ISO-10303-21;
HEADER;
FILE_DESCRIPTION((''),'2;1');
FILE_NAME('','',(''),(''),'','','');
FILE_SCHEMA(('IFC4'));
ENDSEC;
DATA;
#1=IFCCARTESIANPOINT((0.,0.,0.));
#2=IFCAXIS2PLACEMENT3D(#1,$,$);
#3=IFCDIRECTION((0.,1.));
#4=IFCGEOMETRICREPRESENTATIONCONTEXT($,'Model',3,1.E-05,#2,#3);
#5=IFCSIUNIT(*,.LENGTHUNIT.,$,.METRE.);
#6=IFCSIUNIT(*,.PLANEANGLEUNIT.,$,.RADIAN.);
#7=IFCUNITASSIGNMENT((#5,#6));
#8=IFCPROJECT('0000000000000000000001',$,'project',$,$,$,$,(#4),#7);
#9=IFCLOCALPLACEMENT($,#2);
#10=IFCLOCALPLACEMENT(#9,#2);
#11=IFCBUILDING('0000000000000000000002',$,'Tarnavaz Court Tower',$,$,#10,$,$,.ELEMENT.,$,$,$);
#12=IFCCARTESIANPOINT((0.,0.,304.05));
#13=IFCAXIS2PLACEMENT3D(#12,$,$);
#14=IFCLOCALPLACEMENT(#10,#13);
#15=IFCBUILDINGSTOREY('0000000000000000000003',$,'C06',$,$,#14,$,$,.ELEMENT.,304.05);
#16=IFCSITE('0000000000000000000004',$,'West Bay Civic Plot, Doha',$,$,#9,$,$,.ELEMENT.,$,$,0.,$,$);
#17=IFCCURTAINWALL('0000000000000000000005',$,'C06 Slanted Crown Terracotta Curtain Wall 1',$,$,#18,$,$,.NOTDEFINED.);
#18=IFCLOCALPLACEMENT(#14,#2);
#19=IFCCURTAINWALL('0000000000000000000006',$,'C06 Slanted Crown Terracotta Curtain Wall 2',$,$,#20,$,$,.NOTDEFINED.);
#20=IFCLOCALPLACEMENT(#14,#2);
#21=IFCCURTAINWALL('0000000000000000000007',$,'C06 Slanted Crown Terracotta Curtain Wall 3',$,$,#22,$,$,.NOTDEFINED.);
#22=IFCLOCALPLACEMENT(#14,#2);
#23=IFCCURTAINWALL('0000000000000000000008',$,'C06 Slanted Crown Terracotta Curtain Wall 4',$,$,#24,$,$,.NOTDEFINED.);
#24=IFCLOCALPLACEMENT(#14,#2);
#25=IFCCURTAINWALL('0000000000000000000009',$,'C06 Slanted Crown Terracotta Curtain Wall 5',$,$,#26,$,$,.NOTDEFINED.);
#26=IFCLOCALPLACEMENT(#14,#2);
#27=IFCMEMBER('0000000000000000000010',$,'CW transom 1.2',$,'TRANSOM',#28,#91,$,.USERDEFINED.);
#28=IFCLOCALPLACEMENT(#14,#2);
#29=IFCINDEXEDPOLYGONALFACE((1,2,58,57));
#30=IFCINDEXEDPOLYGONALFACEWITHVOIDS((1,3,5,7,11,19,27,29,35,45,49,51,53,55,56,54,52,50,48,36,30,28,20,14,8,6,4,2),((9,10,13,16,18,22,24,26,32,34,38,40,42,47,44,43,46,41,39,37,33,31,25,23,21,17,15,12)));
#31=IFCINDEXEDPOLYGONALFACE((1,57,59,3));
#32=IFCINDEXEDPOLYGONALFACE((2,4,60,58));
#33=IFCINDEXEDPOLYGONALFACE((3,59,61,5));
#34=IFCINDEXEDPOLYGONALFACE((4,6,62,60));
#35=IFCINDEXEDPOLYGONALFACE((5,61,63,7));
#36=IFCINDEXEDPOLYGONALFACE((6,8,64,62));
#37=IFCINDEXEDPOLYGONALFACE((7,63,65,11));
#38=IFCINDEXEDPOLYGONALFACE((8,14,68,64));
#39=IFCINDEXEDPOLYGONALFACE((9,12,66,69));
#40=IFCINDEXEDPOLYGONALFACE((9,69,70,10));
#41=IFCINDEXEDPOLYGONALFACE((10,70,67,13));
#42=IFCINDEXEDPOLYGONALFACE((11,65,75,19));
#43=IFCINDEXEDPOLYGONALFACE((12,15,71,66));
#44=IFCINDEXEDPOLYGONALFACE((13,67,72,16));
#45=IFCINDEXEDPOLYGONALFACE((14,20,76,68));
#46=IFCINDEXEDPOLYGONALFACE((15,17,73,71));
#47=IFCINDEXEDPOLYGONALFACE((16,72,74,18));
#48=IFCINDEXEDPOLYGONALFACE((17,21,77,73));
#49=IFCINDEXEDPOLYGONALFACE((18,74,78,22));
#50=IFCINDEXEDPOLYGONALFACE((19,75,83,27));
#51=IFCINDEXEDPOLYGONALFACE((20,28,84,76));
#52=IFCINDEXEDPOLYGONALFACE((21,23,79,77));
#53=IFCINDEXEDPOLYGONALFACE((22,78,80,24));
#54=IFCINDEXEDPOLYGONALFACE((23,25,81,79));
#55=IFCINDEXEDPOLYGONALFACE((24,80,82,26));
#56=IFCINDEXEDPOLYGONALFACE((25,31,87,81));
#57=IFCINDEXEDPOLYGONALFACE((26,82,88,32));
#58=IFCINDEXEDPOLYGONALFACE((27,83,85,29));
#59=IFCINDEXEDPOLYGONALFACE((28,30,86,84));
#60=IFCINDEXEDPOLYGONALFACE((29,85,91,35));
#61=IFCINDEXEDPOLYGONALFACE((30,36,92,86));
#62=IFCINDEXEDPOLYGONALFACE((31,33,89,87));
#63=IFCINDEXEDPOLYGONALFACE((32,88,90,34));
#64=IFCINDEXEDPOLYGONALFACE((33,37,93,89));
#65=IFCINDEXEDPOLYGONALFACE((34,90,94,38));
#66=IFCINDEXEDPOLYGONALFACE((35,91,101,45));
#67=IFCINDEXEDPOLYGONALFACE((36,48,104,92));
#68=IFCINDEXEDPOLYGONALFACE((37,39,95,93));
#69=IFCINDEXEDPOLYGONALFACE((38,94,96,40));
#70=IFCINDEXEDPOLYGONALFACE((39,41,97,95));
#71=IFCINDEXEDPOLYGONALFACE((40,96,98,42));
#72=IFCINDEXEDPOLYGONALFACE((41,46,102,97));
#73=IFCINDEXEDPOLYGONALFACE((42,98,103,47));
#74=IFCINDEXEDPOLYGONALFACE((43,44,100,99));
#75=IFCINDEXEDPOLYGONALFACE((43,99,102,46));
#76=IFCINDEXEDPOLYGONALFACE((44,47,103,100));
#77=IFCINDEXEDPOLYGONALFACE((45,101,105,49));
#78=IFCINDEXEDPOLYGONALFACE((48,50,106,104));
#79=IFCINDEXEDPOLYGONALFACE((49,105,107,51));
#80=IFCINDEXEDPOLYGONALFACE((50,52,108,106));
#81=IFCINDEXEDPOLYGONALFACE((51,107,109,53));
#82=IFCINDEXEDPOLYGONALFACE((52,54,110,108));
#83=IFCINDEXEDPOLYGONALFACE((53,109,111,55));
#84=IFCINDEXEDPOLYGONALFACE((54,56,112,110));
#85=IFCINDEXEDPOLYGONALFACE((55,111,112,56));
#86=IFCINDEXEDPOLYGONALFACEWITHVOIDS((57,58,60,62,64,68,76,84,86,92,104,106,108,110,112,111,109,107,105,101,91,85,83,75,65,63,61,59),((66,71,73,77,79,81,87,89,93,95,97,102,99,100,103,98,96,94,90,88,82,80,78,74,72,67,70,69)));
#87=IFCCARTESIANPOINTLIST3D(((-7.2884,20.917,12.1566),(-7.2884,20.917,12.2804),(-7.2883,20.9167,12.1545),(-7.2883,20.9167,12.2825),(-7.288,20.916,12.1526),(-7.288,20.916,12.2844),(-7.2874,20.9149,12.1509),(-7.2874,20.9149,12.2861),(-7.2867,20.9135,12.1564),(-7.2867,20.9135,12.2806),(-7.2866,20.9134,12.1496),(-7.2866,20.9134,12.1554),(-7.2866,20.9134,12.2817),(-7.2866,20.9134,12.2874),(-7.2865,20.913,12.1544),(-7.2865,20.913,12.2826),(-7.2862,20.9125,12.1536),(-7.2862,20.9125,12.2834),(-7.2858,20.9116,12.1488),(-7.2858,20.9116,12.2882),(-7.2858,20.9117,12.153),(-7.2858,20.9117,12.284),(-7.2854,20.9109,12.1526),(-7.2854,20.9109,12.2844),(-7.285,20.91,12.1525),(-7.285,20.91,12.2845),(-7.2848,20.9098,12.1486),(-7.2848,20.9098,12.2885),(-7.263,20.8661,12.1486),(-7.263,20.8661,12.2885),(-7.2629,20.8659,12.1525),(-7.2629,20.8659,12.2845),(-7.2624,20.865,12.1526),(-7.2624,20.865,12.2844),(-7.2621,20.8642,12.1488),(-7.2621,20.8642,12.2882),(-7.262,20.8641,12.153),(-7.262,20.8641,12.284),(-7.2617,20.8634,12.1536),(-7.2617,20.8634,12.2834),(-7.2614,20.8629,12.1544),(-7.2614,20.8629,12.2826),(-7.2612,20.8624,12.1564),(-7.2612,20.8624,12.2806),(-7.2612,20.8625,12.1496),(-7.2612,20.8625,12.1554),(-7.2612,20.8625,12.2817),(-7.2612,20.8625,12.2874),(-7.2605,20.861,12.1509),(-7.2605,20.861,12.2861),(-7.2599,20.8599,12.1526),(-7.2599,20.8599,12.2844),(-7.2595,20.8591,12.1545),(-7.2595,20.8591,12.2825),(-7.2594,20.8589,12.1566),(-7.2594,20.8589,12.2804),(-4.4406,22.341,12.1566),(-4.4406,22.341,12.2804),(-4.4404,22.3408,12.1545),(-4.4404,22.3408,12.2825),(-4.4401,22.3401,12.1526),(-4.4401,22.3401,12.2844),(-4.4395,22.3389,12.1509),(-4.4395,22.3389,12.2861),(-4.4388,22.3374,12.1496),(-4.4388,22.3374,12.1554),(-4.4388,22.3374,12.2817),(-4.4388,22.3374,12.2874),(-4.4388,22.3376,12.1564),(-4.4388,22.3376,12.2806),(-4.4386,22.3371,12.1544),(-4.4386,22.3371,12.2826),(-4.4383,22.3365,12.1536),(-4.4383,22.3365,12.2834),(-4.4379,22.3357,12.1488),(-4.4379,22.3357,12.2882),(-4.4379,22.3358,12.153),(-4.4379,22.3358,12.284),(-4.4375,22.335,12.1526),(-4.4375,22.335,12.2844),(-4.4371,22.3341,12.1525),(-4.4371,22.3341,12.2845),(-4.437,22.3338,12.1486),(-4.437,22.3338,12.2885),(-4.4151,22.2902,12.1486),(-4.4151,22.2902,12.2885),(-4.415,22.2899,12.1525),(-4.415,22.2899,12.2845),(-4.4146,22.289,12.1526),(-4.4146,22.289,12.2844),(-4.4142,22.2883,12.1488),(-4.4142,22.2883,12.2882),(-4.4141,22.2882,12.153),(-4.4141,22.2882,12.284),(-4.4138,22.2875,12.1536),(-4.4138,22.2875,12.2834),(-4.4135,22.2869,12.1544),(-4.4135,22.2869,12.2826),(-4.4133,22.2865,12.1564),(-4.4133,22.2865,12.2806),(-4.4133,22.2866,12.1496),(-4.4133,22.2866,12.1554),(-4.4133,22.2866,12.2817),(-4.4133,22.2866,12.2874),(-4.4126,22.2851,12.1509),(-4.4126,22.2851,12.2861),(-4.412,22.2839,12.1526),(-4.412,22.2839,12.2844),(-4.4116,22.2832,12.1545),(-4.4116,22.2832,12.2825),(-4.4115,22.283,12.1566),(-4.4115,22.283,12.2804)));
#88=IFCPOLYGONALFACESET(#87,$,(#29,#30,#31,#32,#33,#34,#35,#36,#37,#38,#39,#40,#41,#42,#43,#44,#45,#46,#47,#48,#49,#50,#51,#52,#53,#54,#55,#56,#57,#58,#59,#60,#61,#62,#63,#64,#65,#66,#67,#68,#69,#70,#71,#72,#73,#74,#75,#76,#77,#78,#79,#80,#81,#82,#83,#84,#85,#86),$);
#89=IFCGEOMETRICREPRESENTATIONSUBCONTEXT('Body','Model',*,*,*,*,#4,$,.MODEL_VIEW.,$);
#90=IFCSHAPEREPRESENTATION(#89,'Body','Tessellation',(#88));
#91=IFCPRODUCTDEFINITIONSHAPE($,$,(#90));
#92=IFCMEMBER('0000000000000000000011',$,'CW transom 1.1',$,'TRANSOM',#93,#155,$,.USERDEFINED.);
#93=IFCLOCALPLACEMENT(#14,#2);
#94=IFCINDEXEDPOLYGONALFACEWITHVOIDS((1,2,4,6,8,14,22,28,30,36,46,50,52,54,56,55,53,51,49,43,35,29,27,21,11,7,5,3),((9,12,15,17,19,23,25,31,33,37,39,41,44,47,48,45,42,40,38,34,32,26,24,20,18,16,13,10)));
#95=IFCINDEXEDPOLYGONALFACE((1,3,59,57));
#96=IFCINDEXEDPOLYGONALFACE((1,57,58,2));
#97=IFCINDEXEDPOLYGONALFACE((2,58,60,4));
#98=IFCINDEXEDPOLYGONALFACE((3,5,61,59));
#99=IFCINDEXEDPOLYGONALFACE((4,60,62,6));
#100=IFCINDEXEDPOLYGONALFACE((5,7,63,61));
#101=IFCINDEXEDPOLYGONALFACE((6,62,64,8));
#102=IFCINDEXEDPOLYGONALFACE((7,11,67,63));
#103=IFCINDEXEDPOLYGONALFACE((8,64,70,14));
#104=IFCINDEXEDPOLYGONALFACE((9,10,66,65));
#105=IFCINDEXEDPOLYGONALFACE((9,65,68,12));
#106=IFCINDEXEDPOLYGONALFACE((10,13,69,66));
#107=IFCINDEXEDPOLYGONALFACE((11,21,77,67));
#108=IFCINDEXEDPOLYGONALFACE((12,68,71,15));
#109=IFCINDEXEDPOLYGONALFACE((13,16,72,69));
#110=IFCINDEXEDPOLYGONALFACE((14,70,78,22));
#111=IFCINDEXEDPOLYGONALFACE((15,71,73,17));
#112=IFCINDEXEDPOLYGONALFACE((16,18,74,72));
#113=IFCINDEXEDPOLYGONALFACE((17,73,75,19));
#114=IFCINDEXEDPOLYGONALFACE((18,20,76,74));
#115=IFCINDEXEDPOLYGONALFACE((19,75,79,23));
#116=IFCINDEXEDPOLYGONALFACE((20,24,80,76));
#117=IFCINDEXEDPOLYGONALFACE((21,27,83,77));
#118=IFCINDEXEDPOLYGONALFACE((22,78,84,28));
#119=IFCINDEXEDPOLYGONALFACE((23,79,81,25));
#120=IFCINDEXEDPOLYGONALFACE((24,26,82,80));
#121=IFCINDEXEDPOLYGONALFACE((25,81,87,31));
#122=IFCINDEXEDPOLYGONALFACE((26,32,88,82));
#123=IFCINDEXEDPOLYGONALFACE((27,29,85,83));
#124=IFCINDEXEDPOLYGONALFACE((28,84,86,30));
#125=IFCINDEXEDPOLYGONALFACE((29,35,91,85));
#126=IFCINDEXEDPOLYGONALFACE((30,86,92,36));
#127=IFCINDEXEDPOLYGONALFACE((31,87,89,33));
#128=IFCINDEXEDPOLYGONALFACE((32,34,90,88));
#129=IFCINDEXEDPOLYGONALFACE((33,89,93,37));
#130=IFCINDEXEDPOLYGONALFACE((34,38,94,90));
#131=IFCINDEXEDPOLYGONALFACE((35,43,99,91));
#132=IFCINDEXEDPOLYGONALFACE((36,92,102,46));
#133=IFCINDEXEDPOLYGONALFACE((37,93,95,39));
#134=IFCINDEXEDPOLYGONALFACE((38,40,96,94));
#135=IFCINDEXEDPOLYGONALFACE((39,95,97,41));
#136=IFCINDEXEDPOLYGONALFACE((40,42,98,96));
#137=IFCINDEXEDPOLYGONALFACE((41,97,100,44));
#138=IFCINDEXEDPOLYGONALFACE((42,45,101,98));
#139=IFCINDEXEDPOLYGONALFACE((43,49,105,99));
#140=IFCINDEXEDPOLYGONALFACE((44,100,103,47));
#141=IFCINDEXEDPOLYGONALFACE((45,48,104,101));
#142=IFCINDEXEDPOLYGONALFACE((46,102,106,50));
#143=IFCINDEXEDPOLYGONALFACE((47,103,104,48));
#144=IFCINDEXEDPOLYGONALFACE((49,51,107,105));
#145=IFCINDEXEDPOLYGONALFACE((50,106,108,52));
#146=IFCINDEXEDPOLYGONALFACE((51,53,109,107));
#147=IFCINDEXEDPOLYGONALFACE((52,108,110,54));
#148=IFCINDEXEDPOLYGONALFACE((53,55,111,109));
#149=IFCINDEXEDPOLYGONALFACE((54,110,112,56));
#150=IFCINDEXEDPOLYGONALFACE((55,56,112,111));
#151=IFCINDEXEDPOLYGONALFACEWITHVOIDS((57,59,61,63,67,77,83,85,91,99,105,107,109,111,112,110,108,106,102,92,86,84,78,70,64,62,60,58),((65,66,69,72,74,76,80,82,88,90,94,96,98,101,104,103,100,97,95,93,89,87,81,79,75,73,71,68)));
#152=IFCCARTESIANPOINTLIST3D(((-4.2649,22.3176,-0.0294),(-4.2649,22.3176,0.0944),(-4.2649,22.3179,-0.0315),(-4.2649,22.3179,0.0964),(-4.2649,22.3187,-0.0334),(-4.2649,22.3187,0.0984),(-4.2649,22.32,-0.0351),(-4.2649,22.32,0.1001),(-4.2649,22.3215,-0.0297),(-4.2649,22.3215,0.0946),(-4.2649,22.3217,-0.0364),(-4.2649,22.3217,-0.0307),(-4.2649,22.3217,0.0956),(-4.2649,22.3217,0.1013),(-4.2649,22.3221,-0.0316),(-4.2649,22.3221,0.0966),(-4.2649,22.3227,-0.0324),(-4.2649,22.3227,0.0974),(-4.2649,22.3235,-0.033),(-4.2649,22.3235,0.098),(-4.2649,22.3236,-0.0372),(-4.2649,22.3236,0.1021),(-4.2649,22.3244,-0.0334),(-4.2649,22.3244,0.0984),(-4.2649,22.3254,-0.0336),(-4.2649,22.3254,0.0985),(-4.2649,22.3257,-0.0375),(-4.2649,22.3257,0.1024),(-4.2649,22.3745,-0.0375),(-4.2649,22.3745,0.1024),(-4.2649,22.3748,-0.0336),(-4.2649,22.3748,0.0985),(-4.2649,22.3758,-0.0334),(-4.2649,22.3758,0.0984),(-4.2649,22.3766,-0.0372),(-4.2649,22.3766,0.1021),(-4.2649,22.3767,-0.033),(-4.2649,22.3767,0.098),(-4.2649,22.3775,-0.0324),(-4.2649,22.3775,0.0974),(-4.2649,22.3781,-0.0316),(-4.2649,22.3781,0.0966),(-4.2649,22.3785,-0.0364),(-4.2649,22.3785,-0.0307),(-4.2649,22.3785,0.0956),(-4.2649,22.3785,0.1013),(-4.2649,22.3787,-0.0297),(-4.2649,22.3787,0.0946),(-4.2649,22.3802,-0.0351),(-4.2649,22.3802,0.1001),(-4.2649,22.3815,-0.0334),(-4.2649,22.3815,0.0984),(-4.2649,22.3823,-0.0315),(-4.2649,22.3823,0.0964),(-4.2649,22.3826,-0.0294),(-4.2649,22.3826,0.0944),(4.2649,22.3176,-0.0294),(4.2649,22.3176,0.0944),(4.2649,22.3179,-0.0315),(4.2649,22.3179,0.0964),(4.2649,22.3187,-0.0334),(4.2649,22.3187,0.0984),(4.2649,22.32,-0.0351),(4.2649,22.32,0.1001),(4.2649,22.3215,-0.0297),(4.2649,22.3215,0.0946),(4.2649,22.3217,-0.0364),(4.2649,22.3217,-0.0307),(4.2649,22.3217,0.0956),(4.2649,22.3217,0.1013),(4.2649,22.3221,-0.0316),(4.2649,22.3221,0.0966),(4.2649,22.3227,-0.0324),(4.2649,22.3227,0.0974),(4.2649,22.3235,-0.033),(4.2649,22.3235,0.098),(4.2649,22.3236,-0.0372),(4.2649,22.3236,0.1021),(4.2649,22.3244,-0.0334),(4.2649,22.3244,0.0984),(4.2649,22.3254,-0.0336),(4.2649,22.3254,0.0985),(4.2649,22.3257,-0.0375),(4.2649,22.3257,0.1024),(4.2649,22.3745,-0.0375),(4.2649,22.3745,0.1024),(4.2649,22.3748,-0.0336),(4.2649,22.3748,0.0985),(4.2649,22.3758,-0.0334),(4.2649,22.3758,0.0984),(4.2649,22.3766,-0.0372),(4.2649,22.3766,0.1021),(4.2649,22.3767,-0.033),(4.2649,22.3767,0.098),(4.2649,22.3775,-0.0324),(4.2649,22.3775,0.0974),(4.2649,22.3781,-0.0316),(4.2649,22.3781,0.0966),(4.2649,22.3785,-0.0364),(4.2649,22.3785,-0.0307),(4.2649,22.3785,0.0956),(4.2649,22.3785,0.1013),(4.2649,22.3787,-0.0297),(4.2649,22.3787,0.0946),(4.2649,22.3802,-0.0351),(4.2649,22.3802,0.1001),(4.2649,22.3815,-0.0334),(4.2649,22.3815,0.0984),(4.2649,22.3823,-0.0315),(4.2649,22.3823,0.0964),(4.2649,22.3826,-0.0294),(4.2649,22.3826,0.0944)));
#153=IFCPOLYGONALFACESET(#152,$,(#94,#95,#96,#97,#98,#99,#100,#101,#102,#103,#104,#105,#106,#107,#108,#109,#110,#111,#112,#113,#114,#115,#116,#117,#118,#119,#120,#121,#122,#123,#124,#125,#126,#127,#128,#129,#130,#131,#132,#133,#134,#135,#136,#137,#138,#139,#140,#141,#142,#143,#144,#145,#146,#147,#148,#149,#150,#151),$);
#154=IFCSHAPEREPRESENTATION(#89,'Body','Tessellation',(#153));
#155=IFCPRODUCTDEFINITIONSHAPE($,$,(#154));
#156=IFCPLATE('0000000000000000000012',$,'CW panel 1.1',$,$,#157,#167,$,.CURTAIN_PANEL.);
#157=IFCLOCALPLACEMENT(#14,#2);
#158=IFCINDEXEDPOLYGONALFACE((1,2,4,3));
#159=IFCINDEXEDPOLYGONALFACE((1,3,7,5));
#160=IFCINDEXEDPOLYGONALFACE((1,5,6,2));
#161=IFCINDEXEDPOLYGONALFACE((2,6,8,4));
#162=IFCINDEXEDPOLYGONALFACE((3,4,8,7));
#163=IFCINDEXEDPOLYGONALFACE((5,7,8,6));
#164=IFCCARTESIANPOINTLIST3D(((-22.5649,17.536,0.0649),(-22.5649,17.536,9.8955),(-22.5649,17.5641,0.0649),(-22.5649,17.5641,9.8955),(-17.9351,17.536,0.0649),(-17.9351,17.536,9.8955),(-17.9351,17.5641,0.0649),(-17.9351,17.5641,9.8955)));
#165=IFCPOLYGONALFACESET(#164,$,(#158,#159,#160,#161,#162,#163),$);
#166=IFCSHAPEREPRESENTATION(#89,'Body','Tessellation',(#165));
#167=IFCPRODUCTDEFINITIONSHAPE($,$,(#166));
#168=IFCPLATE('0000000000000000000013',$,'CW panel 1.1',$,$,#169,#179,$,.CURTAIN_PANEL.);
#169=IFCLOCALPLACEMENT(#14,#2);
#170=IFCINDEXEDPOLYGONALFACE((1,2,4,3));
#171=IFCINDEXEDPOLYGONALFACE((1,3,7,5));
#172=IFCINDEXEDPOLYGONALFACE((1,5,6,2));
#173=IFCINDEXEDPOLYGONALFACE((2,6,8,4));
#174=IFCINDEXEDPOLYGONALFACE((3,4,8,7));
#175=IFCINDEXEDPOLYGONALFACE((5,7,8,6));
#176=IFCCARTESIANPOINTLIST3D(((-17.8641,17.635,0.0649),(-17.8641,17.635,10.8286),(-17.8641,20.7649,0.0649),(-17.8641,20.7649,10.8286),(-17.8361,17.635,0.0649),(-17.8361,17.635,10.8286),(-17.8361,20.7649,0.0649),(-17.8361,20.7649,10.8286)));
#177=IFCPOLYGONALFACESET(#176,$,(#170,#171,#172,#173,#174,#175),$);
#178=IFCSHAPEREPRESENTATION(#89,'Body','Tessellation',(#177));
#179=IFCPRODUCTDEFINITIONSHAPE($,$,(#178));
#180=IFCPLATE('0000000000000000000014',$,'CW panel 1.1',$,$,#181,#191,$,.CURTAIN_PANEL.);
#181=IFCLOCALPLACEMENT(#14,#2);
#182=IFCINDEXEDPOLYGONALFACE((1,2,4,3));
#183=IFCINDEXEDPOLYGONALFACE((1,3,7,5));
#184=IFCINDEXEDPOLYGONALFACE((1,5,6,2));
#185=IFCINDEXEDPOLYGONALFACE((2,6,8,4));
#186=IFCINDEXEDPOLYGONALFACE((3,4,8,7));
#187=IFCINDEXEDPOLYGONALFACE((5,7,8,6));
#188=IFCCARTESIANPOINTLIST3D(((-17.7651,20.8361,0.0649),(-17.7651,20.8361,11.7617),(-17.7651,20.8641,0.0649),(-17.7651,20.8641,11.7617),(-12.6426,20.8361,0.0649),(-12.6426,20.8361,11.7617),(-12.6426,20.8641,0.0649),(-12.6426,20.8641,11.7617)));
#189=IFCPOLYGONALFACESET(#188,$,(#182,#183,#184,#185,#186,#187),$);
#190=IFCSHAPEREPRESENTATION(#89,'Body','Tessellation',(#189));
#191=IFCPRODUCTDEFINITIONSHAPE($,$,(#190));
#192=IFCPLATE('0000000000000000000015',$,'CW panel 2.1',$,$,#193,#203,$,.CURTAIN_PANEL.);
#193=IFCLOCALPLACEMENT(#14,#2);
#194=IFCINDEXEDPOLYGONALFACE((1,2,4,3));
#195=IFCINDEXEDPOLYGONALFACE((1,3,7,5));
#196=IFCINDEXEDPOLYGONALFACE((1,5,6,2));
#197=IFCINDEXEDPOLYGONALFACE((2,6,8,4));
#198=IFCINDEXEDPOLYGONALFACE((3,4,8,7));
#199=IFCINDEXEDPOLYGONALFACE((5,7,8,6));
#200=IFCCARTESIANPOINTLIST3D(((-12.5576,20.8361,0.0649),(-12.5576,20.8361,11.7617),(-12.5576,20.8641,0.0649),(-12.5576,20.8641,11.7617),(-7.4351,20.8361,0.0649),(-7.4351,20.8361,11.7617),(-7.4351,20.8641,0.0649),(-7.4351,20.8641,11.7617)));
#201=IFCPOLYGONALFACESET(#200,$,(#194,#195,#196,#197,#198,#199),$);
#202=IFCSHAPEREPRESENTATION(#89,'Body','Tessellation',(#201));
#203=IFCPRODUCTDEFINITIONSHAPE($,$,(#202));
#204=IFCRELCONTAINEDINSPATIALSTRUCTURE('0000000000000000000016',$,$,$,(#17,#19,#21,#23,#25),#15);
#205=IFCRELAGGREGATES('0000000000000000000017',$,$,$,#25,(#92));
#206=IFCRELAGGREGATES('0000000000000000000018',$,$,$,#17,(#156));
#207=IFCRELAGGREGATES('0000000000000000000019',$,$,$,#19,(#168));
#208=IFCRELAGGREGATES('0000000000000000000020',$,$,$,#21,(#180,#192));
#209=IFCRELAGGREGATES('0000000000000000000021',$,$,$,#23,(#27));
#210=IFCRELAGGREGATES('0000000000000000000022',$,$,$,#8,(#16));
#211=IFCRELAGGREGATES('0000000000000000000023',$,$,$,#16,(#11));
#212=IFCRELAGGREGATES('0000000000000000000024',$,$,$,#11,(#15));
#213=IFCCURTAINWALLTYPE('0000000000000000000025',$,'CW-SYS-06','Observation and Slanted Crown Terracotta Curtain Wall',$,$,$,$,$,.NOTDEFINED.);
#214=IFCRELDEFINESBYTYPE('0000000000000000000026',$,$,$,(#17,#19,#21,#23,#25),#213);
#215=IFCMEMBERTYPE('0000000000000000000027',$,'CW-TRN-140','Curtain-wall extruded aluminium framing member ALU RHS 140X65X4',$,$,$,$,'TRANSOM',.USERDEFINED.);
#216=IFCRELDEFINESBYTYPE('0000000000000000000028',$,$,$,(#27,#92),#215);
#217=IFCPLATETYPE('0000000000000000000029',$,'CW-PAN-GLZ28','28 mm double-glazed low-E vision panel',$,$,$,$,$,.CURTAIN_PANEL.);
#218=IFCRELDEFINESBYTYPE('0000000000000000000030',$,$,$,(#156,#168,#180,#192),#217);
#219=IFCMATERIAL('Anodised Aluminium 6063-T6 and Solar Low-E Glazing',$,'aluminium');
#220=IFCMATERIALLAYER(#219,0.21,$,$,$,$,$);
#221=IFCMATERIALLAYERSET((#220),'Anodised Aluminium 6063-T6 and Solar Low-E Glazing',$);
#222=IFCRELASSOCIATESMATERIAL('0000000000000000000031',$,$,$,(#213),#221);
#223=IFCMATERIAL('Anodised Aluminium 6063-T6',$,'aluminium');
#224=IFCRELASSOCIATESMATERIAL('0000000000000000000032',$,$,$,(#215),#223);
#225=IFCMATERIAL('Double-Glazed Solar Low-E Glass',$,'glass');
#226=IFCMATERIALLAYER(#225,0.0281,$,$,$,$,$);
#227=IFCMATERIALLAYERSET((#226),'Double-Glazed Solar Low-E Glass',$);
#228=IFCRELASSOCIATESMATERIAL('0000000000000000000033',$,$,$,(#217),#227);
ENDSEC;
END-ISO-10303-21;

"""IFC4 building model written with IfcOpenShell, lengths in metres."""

from ifc_helpers import new_model, si_unit, direction, frame, origin, origin_2d, place, context, subcontext, project, spatial, rectangle, hollow_rectangle, extrude, material, layer, layer_set, material_profile, profile_set, type_object, element, aggregate, save


model = new_model("IFC4")

# Units and contexts
model_context = context("Model", 3, precision=1e-05, world=origin(), true_north=direction((0.0, 1.0)))
body_context = subcontext(model_context, "Body", "Model", "MODEL_VIEW")
ifc_project = project(units=[si_unit("LENGTHUNIT", "METRE"), si_unit("PLANEANGLEUNIT", "RADIAN")], contexts=[model_context])

# Site, building, storey
site_placement = place(None, origin())
site = spatial("IfcSite", under=ifc_project, at=site_placement, Name="West Bay Civic Plot, Doha", CompositionType="ELEMENT", RefElevation=0.0)
building_placement = place(site_placement, origin())
building = spatial("IfcBuilding", under=site, at=building_placement, Name="Tarnavaz Court Tower", CompositionType="ELEMENT")
storey_placement = place(building_placement, frame((0.0, 0.0, 304.05)))
storey = spatial("IfcBuildingStorey", under=building, at=storey_placement, Name="C06", CompositionType="ELEMENT", Elevation=304.05)

# Curtain walls
ifc_material_1 = material(Name="Anodised Aluminium 6063-T6 and Solar Low-E Glazing", Category="aluminium")
ifc_layer_1 = layer(ifc_material_1, 0.21)
ifc_layer_set_1 = layer_set([ifc_layer_1], Name="Anodised Aluminium 6063-T6 and Solar Low-E Glazing")
curtain_wall_type = type_object("IfcCurtainWallType", Name="CW-SYS-06", Description="Observation and Slanted Crown Terracotta Curtain Wall", PredefinedType="NOTDEFINED", material=ifc_layer_set_1)
curtain_wall_1_placement = place(storey_placement, origin())
curtain_wall_1 = element("IfcCurtainWall", 1, at=curtain_wall_1_placement, inside=storey, type_object=curtain_wall_type, Name="C06 Slanted Crown Terracotta Curtain Wall 1", PredefinedType="NOTDEFINED")
ifc_material_2 = material(Name="Anodised Aluminium 6063-T6", Category="aluminium")
curtain_wall_2_placement = place(storey_placement, origin())
curtain_wall_2 = element("IfcCurtainWall", 2, at=curtain_wall_2_placement, inside=storey, type_object=curtain_wall_type, Name="C06 Slanted Crown Terracotta Curtain Wall 2", PredefinedType="NOTDEFINED")
curtain_wall_3_placement = place(storey_placement, origin())
curtain_wall_3 = element("IfcCurtainWall", 3, at=curtain_wall_3_placement, inside=storey, type_object=curtain_wall_type, Name="C06 Slanted Crown Terracotta Curtain Wall 3", PredefinedType="NOTDEFINED")
curtain_wall_4_placement = place(storey_placement, origin())
curtain_wall_4 = element("IfcCurtainWall", 4, at=curtain_wall_4_placement, inside=storey, type_object=curtain_wall_type, Name="C06 Slanted Crown Terracotta Curtain Wall 4", PredefinedType="NOTDEFINED")

# Curtain wall
curtain_wall_5_placement = place(storey_placement, origin())
curtain_wall_5 = element("IfcCurtainWall", 5, at=curtain_wall_5_placement, inside=storey, type_object=curtain_wall_type, Name="C06 Slanted Crown Terracotta Curtain Wall 5", PredefinedType="NOTDEFINED")

# Members
ifc_material_profile_1 = material_profile(ifc_material_2, hollow_rectangle(XDim=0.0649, YDim=0.1399, WallThickness=0.0039, InnerFilletRadius=0.0039, OuterFilletRadius=0.0081, at=origin_2d()), Name="ALU RHS 140X65X4")
ifc_profile_set_1 = profile_set([ifc_material_profile_1], Name="Anodised Aluminium 6063-T6")
member_type_1 = type_object("IfcMemberType", Name="CW-TRN-140", Description="Curtain-wall extruded aluminium framing member ALU RHS 140X65X4", ElementType="TRANSOM", PredefinedType="USERDEFINED", material=ifc_profile_set_1)
member_1_placement = place(storey_placement, frame((-7.2739, 20.8879, 12.2185), z_axis=(0.894412, 0.447244, 0.0), x_axis=(-0.447244, 0.894412, 0.0)))
member_1 = element("IfcMember", 6, at=member_1_placement, type_object=member_type_1, Name="CW transom 1.2", ObjectType="TRANSOM", PredefinedType="USERDEFINED", context=body_context, shape_type="SweptSolid", body=[
    extrude(hollow_rectangle(XDim=0.0649, YDim=0.1399, WallThickness=0.0039, InnerFilletRadius=0.0039, OuterFilletRadius=0.0081, at=origin_2d()), origin(), (0.0, 0.0, 1.0), 3.1841),
])
member_2_placement = place(storey_placement, frame((-4.2649, 22.3501, 0.0325), z_axis=(1.0, 0.0, 0.0), x_axis=(0.0, 1.0, 0.0)))
member_2 = element("IfcMember", 7, at=member_2_placement, type_object=member_type_1, Name="CW transom 1.1", ObjectType="TRANSOM", PredefinedType="USERDEFINED", context=body_context, shape_type="SweptSolid", body=[
    extrude(hollow_rectangle(XDim=0.0649, YDim=0.1399, WallThickness=0.0039, InnerFilletRadius=0.0039, OuterFilletRadius=0.0081, at=origin_2d()), origin(), (0.0, 0.0, 1.0), 8.5298),
])
aggregate(curtain_wall_5, [member_2])

# Plates
ifc_material_3 = material(Name="Double-Glazed Solar Low-E Glass", Category="glass")
ifc_layer_2 = layer(ifc_material_3, 0.0281)
ifc_layer_set_2 = layer_set([ifc_layer_2], Name="Double-Glazed Solar Low-E Glass")
plate_type = type_object("IfcPlateType", Name="CW-PAN-GLZ28", Description="28 mm double-glazed low-E vision panel", PredefinedType="CURTAIN_PANEL", material=ifc_layer_set_2)
plate_1_placement = place(storey_placement, frame((-20.25, 17.55, 0.0649), z_axis=(0.0, 0.0, 1.0), x_axis=(1.0, 0.0, 0.0)))
plate_1 = element("IfcPlate", 8, at=plate_1_placement, type_object=plate_type, Name="CW panel 1.1", PredefinedType="CURTAIN_PANEL", context=body_context, shape_type="SweptSolid", body=[
    extrude(rectangle(XDim=4.6299, YDim=0.0281, at=origin_2d()), origin(), (0.0, 0.0, 1.0), 9.8306),
])
aggregate(curtain_wall_1, [plate_1])
plate_2_placement = place(storey_placement, frame((-17.8501, 19.2, 0.0649), z_axis=(0.0, 0.0, 1.0), x_axis=(0.0, 1.0, 0.0)))
plate_2 = element("IfcPlate", 9, at=plate_2_placement, type_object=plate_type, Name="CW panel 1.1", PredefinedType="CURTAIN_PANEL", context=body_context, shape_type="SweptSolid", body=[
    extrude(rectangle(XDim=3.1299, YDim=0.0281, at=origin_2d()), origin(), (0.0, 0.0, 1.0), 10.7637),
])
aggregate(curtain_wall_2, [plate_2])
plate_3_placement = place(storey_placement, frame((-15.2039, 20.8501, 0.0649), z_axis=(0.0, 0.0, 1.0), x_axis=(1.0, 0.0, 0.0)))
plate_3 = element("IfcPlate", 10, at=plate_3_placement, type_object=plate_type, Name="CW panel 1.1", PredefinedType="CURTAIN_PANEL", context=body_context, shape_type="SweptSolid", body=[
    extrude(rectangle(XDim=5.1226, YDim=0.0281, at=origin_2d()), origin(), (0.0, 0.0, 1.0), 11.6968),
])
plate_4_placement = place(storey_placement, frame((-9.9963, 20.8501, 0.0649), z_axis=(0.0, 0.0, 1.0), x_axis=(1.0, 0.0, 0.0)))
plate_4 = element("IfcPlate", 11, at=plate_4_placement, type_object=plate_type, Name="CW panel 2.1", PredefinedType="CURTAIN_PANEL", context=body_context, shape_type="SweptSolid", body=[
    extrude(rectangle(XDim=5.1226, YDim=0.0281, at=origin_2d()), origin(), (0.0, 0.0, 1.0), 11.6968),
])
aggregate(curtain_wall_3, [plate_3, plate_4])
aggregate(curtain_wall_4, [member_1])

save(model, "model.ifc")
